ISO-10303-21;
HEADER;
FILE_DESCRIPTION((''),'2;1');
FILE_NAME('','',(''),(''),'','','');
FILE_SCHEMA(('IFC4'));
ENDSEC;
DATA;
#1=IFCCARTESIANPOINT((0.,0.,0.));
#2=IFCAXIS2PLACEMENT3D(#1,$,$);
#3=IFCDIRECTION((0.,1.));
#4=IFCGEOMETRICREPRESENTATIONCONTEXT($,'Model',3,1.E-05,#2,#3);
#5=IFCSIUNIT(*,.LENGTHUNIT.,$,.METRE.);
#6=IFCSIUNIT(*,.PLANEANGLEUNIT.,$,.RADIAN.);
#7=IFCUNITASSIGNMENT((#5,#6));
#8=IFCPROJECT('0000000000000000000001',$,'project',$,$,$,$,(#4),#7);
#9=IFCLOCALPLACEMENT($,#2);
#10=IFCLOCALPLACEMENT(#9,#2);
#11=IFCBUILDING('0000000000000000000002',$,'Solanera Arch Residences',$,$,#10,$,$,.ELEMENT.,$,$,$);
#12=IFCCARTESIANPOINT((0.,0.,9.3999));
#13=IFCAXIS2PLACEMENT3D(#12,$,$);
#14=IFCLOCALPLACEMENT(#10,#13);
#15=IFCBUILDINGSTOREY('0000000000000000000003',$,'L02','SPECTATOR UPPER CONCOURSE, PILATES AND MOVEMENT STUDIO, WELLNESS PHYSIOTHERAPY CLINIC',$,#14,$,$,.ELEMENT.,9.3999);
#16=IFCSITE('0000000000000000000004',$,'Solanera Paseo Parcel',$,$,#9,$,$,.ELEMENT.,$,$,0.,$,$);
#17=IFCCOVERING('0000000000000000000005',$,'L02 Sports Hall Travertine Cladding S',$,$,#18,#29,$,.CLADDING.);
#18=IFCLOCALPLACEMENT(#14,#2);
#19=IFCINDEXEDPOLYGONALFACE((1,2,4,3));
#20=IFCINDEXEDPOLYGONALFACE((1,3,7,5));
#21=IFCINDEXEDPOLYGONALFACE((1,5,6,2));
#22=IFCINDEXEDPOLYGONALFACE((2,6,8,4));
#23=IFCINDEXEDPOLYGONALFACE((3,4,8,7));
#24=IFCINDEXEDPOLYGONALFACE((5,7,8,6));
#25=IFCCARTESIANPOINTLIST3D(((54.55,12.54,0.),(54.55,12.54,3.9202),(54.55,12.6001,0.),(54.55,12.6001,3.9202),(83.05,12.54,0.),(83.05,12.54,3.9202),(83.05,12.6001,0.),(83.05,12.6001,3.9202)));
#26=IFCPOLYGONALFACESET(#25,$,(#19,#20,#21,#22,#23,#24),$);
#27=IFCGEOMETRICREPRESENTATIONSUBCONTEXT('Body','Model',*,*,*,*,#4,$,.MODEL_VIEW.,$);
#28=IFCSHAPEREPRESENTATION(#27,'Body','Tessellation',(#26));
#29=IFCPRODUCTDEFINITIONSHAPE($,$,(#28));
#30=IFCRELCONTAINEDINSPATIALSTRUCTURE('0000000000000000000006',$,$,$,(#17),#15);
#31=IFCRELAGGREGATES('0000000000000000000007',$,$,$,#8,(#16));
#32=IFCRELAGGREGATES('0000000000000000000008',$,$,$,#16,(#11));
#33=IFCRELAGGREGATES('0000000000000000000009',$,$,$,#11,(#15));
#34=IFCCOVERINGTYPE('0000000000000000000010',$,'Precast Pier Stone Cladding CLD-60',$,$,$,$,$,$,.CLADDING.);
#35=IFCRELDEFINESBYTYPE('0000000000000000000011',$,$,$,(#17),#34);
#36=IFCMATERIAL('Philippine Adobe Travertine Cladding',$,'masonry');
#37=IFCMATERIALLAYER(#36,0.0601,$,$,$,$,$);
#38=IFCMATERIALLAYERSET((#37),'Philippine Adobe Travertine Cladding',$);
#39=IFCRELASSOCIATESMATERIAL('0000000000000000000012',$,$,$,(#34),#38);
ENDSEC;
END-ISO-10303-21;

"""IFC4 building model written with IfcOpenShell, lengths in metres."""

from ifc_helpers import new_model, si_unit, direction, frame, frame_2d, origin, place, context, subcontext, project, spatial, rectangle, extrude, material, layer, layer_set, type_object, element, save


model = new_model("IFC4")

# Units and contexts
model_context = context("Model", 3, precision=1e-05, world=origin(), true_north=direction((0.0, 1.0)))
body_context = subcontext(model_context, "Body", "Model", "MODEL_VIEW")
ifc_project = project(units=[si_unit("LENGTHUNIT", "METRE"), si_unit("PLANEANGLEUNIT", "RADIAN")], contexts=[model_context])

# Site, building, storey
site_placement = place(None, origin())
site = spatial("IfcSite", under=ifc_project, at=site_placement, Name="Solanera Paseo Parcel", CompositionType="ELEMENT", RefElevation=0.0)
building_placement = place(site_placement, origin())
building = spatial("IfcBuilding", under=site, at=building_placement, Name="Solanera Arch Residences", CompositionType="ELEMENT")
storey_placement = place(building_placement, frame((0.0, 0.0, 9.3999)))
storey = spatial("IfcBuildingStorey", under=building, at=storey_placement, Name="L02", Description="SPECTATOR UPPER CONCOURSE, PILATES AND MOVEMENT STUDIO, WELLNESS PHYSIOTHERAPY CLINIC", CompositionType="ELEMENT", Elevation=9.3999)

# Covering
ifc_material_1 = material(Name="Philippine Adobe Travertine Cladding", Category="masonry")
ifc_layer_1 = layer(ifc_material_1, 0.0601)
ifc_layer_set_1 = layer_set([ifc_layer_1], Name="Philippine Adobe Travertine Cladding")
covering_type = type_object("IfcCoveringType", Name="Precast Pier Stone Cladding CLD-60", PredefinedType="CLADDING", material=ifc_layer_set_1)
covering_placement = place(storey_placement, frame((83.05, 12.5701, 0.0), z_axis=(0.0, 0.0, 1.0), x_axis=(-1.0, 0.0, 0.0)))
element("IfcCovering", 1, at=covering_placement, inside=storey, type_object=covering_type, Name="L02 Sports Hall Travertine Cladding S", PredefinedType="CLADDING", context=body_context, shape_type="SweptSolid", body=[
    extrude(rectangle(XDim=28.5, YDim=0.0601, at=frame_2d((14.25, 0.0))), origin(), (0.0, 0.0, 1.0), 3.9202),
])

save(model, "model.ifc")
